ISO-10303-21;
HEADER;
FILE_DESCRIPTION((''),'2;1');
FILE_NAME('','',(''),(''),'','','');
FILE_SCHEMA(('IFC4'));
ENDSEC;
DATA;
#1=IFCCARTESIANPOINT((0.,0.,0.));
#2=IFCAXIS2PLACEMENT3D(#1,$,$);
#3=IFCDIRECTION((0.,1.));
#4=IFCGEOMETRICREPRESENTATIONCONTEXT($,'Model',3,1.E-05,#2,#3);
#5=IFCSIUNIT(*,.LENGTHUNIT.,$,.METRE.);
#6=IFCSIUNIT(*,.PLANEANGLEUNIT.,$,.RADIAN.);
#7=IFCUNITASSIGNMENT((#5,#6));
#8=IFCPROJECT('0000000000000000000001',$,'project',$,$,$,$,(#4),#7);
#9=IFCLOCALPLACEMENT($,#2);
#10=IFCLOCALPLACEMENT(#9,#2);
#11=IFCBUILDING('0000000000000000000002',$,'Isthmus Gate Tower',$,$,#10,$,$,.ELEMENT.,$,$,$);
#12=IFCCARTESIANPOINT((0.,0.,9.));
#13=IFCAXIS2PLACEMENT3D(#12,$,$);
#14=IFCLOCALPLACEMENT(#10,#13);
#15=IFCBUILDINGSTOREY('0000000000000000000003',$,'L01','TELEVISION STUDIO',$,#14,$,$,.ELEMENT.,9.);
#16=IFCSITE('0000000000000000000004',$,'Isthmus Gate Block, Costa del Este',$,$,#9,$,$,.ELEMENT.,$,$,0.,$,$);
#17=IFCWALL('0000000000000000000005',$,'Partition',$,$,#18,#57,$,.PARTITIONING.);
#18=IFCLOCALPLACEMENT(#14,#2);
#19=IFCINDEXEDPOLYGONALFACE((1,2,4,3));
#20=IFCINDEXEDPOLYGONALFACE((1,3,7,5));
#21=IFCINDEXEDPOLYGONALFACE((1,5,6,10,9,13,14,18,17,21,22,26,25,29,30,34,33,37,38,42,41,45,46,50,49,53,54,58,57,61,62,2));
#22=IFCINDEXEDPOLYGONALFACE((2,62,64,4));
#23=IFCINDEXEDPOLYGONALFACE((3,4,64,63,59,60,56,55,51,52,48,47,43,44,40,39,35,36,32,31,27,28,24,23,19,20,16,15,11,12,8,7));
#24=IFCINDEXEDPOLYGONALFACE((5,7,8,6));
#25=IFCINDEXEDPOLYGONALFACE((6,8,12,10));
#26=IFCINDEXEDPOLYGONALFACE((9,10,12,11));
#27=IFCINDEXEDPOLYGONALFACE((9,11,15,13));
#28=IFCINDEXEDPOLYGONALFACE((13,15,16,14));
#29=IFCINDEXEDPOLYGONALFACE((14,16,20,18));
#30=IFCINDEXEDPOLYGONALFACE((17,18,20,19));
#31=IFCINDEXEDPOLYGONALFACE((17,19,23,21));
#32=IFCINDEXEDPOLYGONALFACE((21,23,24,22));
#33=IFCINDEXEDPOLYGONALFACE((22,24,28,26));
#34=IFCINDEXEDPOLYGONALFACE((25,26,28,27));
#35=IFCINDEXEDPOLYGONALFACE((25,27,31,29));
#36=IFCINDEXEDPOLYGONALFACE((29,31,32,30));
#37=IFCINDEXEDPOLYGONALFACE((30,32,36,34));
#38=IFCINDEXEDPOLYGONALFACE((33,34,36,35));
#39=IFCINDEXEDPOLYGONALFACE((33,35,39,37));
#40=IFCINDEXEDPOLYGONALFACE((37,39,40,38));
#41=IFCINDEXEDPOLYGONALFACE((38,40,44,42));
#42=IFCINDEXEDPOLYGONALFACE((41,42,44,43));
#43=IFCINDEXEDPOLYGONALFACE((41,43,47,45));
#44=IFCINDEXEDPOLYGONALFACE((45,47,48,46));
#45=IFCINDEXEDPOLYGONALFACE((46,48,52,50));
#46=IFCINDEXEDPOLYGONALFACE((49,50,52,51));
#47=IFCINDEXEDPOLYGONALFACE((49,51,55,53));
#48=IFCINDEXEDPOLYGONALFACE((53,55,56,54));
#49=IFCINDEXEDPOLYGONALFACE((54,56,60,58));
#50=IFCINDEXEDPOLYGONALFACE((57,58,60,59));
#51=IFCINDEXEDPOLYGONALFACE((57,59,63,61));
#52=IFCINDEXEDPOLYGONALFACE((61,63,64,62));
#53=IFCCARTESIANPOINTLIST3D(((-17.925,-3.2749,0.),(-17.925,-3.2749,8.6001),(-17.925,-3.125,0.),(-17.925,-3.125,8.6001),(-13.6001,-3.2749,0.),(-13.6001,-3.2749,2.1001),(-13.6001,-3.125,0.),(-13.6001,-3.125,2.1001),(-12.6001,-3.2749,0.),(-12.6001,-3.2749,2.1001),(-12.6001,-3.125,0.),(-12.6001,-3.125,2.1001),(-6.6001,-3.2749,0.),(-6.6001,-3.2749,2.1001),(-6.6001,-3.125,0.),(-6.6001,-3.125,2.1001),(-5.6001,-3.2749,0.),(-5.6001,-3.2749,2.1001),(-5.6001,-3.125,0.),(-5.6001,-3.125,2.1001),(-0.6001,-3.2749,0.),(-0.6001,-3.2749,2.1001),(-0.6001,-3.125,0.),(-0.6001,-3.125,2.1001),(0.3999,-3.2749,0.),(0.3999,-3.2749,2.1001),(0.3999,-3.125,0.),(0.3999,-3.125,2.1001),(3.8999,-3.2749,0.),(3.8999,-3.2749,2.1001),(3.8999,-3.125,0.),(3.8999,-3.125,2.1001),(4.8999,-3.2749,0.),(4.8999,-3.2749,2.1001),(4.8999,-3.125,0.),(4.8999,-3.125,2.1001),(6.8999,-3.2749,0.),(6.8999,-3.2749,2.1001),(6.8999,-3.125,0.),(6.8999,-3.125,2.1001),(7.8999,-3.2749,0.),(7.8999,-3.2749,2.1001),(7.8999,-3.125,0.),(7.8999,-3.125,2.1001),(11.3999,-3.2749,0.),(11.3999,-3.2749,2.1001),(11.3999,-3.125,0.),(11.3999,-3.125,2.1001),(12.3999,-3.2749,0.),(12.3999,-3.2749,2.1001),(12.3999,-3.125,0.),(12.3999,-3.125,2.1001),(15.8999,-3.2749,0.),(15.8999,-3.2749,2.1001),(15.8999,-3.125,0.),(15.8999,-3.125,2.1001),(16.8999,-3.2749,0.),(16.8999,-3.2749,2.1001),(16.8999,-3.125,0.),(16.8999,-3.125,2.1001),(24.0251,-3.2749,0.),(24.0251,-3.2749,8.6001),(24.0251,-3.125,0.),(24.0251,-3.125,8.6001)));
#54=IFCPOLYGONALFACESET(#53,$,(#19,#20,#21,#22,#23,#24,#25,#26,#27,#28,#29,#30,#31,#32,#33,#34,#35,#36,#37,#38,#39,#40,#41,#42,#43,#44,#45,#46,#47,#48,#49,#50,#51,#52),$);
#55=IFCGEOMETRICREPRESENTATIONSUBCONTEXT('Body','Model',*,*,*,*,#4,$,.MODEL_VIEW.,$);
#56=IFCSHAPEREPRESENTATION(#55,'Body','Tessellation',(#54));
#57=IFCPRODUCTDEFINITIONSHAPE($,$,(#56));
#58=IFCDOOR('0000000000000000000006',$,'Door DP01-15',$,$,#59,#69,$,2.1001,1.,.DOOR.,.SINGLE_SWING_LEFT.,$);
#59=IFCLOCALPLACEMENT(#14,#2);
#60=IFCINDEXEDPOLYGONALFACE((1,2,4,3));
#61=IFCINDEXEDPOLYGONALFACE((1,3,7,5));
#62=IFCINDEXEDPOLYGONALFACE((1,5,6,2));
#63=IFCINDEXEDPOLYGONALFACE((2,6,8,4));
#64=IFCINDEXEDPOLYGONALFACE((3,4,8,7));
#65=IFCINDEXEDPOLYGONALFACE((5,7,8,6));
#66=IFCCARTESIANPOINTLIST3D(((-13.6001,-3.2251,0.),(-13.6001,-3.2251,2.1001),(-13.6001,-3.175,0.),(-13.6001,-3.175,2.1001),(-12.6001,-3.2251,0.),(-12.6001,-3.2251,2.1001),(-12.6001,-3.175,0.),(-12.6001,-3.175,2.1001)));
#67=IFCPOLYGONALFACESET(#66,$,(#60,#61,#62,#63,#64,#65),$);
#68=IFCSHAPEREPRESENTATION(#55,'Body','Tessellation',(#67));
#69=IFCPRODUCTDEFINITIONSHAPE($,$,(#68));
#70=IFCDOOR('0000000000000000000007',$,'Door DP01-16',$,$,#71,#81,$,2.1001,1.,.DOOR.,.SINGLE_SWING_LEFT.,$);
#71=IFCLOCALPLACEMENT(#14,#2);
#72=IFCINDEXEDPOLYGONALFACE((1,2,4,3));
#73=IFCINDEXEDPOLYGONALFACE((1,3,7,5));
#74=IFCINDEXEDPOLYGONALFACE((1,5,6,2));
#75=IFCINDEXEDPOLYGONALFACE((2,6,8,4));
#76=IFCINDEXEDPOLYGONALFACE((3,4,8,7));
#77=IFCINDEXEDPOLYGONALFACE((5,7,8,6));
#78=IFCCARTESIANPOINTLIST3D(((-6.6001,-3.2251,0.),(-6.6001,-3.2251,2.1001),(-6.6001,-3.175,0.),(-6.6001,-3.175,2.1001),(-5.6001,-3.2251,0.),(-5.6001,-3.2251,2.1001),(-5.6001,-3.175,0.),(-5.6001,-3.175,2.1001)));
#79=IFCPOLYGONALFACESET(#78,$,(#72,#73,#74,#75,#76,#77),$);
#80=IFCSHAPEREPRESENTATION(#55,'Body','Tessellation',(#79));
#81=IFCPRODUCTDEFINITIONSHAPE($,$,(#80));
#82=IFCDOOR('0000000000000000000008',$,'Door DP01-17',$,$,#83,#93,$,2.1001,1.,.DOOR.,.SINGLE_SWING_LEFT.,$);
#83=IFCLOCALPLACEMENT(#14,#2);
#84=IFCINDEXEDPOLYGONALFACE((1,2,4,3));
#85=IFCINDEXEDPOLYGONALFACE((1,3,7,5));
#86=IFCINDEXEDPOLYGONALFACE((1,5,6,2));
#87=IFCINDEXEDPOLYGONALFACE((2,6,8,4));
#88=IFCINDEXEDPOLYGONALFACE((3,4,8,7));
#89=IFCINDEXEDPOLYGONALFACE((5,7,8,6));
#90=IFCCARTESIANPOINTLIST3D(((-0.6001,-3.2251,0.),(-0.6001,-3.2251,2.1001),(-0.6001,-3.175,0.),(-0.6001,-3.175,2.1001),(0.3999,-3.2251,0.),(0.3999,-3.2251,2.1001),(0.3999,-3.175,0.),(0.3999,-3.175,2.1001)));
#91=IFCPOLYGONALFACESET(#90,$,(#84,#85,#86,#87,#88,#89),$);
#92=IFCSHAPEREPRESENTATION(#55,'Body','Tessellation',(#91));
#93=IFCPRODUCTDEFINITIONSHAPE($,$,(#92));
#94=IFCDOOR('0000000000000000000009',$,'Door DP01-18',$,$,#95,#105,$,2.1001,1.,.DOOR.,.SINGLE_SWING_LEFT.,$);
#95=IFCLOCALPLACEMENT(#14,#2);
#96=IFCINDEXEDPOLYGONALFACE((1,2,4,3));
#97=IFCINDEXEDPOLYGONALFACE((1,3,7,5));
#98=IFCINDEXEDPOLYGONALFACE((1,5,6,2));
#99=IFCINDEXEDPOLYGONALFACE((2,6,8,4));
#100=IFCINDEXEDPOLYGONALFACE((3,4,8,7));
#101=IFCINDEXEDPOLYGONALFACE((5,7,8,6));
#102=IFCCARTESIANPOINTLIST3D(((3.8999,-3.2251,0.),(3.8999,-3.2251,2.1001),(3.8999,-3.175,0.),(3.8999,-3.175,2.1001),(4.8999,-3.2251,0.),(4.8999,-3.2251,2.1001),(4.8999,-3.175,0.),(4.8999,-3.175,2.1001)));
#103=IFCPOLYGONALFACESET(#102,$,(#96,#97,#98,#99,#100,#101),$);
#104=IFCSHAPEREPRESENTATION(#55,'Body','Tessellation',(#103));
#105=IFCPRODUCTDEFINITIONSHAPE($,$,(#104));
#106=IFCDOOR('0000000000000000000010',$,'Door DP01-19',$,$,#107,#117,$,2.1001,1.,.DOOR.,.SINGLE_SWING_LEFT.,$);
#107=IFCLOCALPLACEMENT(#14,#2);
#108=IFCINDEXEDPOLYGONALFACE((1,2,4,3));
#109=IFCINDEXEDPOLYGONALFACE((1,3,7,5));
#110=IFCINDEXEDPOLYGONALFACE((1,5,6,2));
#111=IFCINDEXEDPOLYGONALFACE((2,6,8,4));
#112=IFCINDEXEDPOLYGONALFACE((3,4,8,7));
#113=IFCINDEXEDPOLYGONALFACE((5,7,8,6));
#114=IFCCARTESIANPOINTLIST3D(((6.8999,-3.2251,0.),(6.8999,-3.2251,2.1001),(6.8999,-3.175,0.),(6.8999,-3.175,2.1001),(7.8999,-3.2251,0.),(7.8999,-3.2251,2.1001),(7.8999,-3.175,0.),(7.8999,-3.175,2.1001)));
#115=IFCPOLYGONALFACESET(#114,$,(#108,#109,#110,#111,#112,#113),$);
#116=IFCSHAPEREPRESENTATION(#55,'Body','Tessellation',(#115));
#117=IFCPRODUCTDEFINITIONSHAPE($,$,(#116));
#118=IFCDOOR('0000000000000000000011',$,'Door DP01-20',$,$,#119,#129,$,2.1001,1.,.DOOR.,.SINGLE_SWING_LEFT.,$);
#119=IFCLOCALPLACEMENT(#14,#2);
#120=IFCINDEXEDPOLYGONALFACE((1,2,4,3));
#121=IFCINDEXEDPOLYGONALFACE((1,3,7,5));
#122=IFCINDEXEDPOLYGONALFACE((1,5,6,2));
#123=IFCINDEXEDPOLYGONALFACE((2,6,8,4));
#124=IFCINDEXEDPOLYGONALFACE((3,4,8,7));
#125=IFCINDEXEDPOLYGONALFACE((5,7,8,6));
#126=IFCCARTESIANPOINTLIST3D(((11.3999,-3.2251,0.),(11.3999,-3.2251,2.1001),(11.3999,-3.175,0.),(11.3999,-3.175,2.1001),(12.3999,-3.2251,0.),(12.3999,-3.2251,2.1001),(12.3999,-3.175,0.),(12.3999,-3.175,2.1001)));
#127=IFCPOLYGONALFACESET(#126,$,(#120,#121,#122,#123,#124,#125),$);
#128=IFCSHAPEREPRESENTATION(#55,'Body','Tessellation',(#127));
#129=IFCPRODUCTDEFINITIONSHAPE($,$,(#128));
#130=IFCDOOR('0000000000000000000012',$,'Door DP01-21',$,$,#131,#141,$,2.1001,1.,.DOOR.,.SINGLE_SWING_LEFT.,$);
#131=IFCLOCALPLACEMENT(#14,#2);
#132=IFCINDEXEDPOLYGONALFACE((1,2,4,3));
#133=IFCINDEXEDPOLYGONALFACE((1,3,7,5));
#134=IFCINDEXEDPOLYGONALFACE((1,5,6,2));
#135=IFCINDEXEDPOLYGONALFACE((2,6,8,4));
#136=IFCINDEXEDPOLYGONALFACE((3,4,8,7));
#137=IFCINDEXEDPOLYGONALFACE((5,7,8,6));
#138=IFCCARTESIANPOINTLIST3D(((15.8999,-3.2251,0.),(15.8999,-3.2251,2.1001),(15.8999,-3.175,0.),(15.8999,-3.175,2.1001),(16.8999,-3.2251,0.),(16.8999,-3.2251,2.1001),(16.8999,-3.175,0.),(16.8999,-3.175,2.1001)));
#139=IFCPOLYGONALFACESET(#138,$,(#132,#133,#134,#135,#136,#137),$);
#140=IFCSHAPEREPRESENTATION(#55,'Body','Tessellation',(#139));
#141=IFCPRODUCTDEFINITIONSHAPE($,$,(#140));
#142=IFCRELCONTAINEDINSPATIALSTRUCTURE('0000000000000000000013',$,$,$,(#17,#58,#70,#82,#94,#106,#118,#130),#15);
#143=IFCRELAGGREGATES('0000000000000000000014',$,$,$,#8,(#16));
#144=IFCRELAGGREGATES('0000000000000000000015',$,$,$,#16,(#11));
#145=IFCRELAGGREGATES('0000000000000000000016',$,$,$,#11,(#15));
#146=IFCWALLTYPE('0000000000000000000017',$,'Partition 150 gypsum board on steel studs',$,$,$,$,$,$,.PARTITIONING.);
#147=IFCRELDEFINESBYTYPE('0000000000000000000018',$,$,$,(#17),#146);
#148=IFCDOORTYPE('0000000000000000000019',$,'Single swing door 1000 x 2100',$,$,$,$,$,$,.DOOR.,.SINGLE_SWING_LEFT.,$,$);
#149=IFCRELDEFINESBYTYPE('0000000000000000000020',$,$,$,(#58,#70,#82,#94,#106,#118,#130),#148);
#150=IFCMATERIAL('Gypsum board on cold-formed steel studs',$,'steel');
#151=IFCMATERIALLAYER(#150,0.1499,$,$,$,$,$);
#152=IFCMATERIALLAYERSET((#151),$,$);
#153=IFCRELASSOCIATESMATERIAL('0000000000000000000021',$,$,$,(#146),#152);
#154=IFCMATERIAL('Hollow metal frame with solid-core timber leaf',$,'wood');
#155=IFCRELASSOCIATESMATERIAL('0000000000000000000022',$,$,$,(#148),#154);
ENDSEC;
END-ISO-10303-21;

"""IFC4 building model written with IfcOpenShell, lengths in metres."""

from ifc_helpers import new_model, si_unit, direction, frame, frame_2d, origin, place, context, subcontext, project, spatial, rectangle, extrude, material, layer, layer_set, type_object, element, fill, save


model = new_model("IFC4")

# Units and contexts
model_context = context("Model", 3, precision=1e-05, world=origin(), true_north=direction((0.0, 1.0)))
body_context = subcontext(model_context, "Body", "Model", "MODEL_VIEW")
ifc_project = project(units=[si_unit("LENGTHUNIT", "METRE"), si_unit("PLANEANGLEUNIT", "RADIAN")], contexts=[model_context])

# Site, building, storey
site_placement = place(None, origin())
site = spatial("IfcSite", under=ifc_project, at=site_placement, Name="Isthmus Gate Block, Costa del Este", CompositionType="ELEMENT", RefElevation=0.0)
building_placement = place(site_placement, origin())
building = spatial("IfcBuilding", under=site, at=building_placement, Name="Isthmus Gate Tower", CompositionType="ELEMENT")
storey_placement = place(building_placement, frame((0.0, 0.0, 9.0)))
storey = spatial("IfcBuildingStorey", under=building, at=storey_placement, Name="L01", Description="TELEVISION STUDIO", CompositionType="ELEMENT", Elevation=9.0)

# Wall, openings, doors
ifc_material_1 = material(Name="Gypsum board on cold-formed steel studs", Category="steel")
ifc_layer_1 = layer(ifc_material_1, 0.1499)
ifc_layer_set_1 = layer_set([ifc_layer_1])
wall_type_1 = type_object("IfcWallType", Name="Partition 150 gypsum board on steel studs", PredefinedType="PARTITIONING", material=ifc_layer_set_1)
wall_1_placement = place(storey_placement, frame((-17.925, -3.2, 0.0), z_axis=(0.0, 0.0, 1.0), x_axis=(1.0, 0.0, 0.0)))
wall_1 = element("IfcWall", 1, at=wall_1_placement, inside=storey, type_object=wall_type_1, Name="Partition", PredefinedType="PARTITIONING", context=body_context, shape_type="SweptSolid", body=[
    extrude(rectangle(XDim=41.9502, YDim=0.1499, at=frame_2d((20.9751, 0.0))), origin(), (0.0, 0.0, 1.0), 8.6001),
])
opening_1_placement = place(wall_1_placement, frame((4.325, 0.0, 0.0)))
opening_1 = element("IfcOpeningElement", 2, at=opening_1_placement, cuts=wall_1, PredefinedType="OPENING", context=body_context, shape_type="SweptSolid", body=[
    extrude(rectangle(XDim=1.0, YDim=2.1001, at=frame_2d((0.5, 1.05))), frame((0.0, 0.085, 0.0), z_axis=(0.0, -1.0, 0.0), x_axis=(1.0, 0.0, 0.0)), (0.0, 0.0, 1.0), 0.1699),
])
opening_2_placement = place(wall_1_placement, frame((11.325, 0.0, 0.0)))
opening_2 = element("IfcOpeningElement", 3, at=opening_2_placement, cuts=wall_1, PredefinedType="OPENING", context=body_context, shape_type="SweptSolid", body=[
    extrude(rectangle(XDim=1.0, YDim=2.1001, at=frame_2d((0.5, 1.05))), frame((0.0, 0.085, 0.0), z_axis=(0.0, -1.0, 0.0), x_axis=(1.0, 0.0, 0.0)), (0.0, 0.0, 1.0), 0.1699),
])
opening_3_placement = place(wall_1_placement, frame((17.325, 0.0, 0.0)))
opening_3 = element("IfcOpeningElement", 4, at=opening_3_placement, cuts=wall_1, PredefinedType="OPENING", context=body_context, shape_type="SweptSolid", body=[
    extrude(rectangle(XDim=1.0, YDim=2.1001, at=frame_2d((0.5, 1.05))), frame((0.0, 0.085, 0.0), z_axis=(0.0, -1.0, 0.0), x_axis=(1.0, 0.0, 0.0)), (0.0, 0.0, 1.0), 0.1699),
])
opening_4_placement = place(wall_1_placement, frame((21.825, 0.0, 0.0)))
opening_4 = element("IfcOpeningElement", 5, at=opening_4_placement, cuts=wall_1, PredefinedType="OPENING", context=body_context, shape_type="SweptSolid", body=[
    extrude(rectangle(XDim=1.0, YDim=2.1001, at=frame_2d((0.5, 1.05))), frame((0.0, 0.085, 0.0), z_axis=(0.0, -1.0, 0.0), x_axis=(1.0, 0.0, 0.0)), (0.0, 0.0, 1.0), 0.1699),
])
opening_5_placement = place(wall_1_placement, frame((24.825, 0.0, 0.0)))
opening_5 = element("IfcOpeningElement", 6, at=opening_5_placement, cuts=wall_1, PredefinedType="OPENING", context=body_context, shape_type="SweptSolid", body=[
    extrude(rectangle(XDim=1.0, YDim=2.1001, at=frame_2d((0.5, 1.05))), frame((0.0, 0.085, 0.0), z_axis=(0.0, -1.0, 0.0), x_axis=(1.0, 0.0, 0.0)), (0.0, 0.0, 1.0), 0.1699),
])
opening_6_placement = place(wall_1_placement, frame((29.325, 0.0, 0.0)))
opening_6 = element("IfcOpeningElement", 7, at=opening_6_placement, cuts=wall_1, PredefinedType="OPENING", context=body_context, shape_type="SweptSolid", body=[
    extrude(rectangle(XDim=1.0, YDim=2.1001, at=frame_2d((0.5, 1.05))), frame((0.0, 0.085, 0.0), z_axis=(0.0, -1.0, 0.0), x_axis=(1.0, 0.0, 0.0)), (0.0, 0.0, 1.0), 0.1699),
])
opening_7_placement = place(wall_1_placement, frame((33.825, 0.0, 0.0)))
opening_7 = element("IfcOpeningElement", 8, at=opening_7_placement, cuts=wall_1, PredefinedType="OPENING", context=body_context, shape_type="SweptSolid", body=[
    extrude(rectangle(XDim=1.0, YDim=2.1001, at=frame_2d((0.5, 1.05))), frame((0.0, 0.085, 0.0), z_axis=(0.0, -1.0, 0.0), x_axis=(1.0, 0.0, 0.0)), (0.0, 0.0, 1.0), 0.1699),
])
ifc_material_2 = material(Name="Hollow metal frame with solid-core timber leaf", Category="wood")
door_type = type_object("IfcDoorType", Name="Single swing door 1000 x 2100", OperationType="SINGLE_SWING_LEFT", PredefinedType="DOOR", material=ifc_material_2)
door_1_placement = place(opening_1_placement, origin())
door_1 = element("IfcDoor", 9, at=door_1_placement, inside=storey, type_object=door_type, Name="Door DP01-15", OperationType="SINGLE_SWING_LEFT", OverallHeight=2.1001, OverallWidth=1.0, PredefinedType="DOOR", context=body_context, shape_type="SweptSolid", body=[
    extrude(rectangle(XDim=1.0, YDim=2.1001, at=frame_2d((0.5, 1.05))), frame((0.0, 0.0249, 0.0), z_axis=(0.0, -1.0, 0.0), x_axis=(1.0, 0.0, 0.0)), (0.0, 0.0, 1.0), 0.05),
])
fill(opening_1, door_1)
door_2_placement = place(opening_2_placement, origin())
door_2 = element("IfcDoor", 10, at=door_2_placement, inside=storey, type_object=door_type, Name="Door DP01-16", OperationType="SINGLE_SWING_LEFT", OverallHeight=2.1001, OverallWidth=1.0, PredefinedType="DOOR", context=body_context, shape_type="SweptSolid", body=[
    extrude(rectangle(XDim=1.0, YDim=2.1001, at=frame_2d((0.5, 1.05))), frame((0.0, 0.0249, 0.0), z_axis=(0.0, -1.0, 0.0), x_axis=(1.0, 0.0, 0.0)), (0.0, 0.0, 1.0), 0.05),
])
fill(opening_2, door_2)
door_3_placement = place(opening_3_placement, origin())
door_3 = element("IfcDoor", 11, at=door_3_placement, inside=storey, type_object=door_type, Name="Door DP01-17", OperationType="SINGLE_SWING_LEFT", OverallHeight=2.1001, OverallWidth=1.0, PredefinedType="DOOR", context=body_context, shape_type="SweptSolid", body=[
    extrude(rectangle(XDim=1.0, YDim=2.1001, at=frame_2d((0.5, 1.05))), frame((0.0, 0.0249, 0.0), z_axis=(0.0, -1.0, 0.0), x_axis=(1.0, 0.0, 0.0)), (0.0, 0.0, 1.0), 0.05),
])
fill(opening_3, door_3)
door_4_placement = place(opening_4_placement, origin())
door_4 = element("IfcDoor", 12, at=door_4_placement, inside=storey, type_object=door_type, Name="Door DP01-18", OperationType="SINGLE_SWING_LEFT", OverallHeight=2.1001, OverallWidth=1.0, PredefinedType="DOOR", context=body_context, shape_type="SweptSolid", body=[
    extrude(rectangle(XDim=1.0, YDim=2.1001, at=frame_2d((0.5, 1.05))), frame((0.0, 0.0249, 0.0), z_axis=(0.0, -1.0, 0.0), x_axis=(1.0, 0.0, 0.0)), (0.0, 0.0, 1.0), 0.05),
])
fill(opening_4, door_4)
door_5_placement = place(opening_5_placement, origin())
door_5 = element("IfcDoor", 13, at=door_5_placement, inside=storey, type_object=door_type, Name="Door DP01-19", OperationType="SINGLE_SWING_LEFT", OverallHeight=2.1001, OverallWidth=1.0, PredefinedType="DOOR", context=body_context, shape_type="SweptSolid", body=[
    extrude(rectangle(XDim=1.0, YDim=2.1001, at=frame_2d((0.5, 1.05))), frame((0.0, 0.0249, 0.0), z_axis=(0.0, -1.0, 0.0), x_axis=(1.0, 0.0, 0.0)), (0.0, 0.0, 1.0), 0.05),
])
fill(opening_5, door_5)
door_6_placement = place(opening_6_placement, origin())
door_6 = element("IfcDoor", 14, at=door_6_placement, inside=storey, type_object=door_type, Name="Door DP01-20", OperationType="SINGLE_SWING_LEFT", OverallHeight=2.1001, OverallWidth=1.0, PredefinedType="DOOR", context=body_context, shape_type="SweptSolid", body=[
    extrude(rectangle(XDim=1.0, YDim=2.1001, at=frame_2d((0.5, 1.05))), frame((0.0, 0.0249, 0.0), z_axis=(0.0, -1.0, 0.0), x_axis=(1.0, 0.0, 0.0)), (0.0, 0.0, 1.0), 0.05),
])
fill(opening_6, door_6)
door_7_placement = place(opening_7_placement, origin())
door_7 = element("IfcDoor", 15, at=door_7_placement, inside=storey, type_object=door_type, Name="Door DP01-21", OperationType="SINGLE_SWING_LEFT", OverallHeight=2.1001, OverallWidth=1.0, PredefinedType="DOOR", context=body_context, shape_type="SweptSolid", body=[
    extrude(rectangle(XDim=1.0, YDim=2.1001, at=frame_2d((0.5, 1.05))), frame((0.0, 0.0249, 0.0), z_axis=(0.0, -1.0, 0.0), x_axis=(1.0, 0.0, 0.0)), (0.0, 0.0, 1.0), 0.05),
])
fill(opening_7, door_7)

save(model, "model.ifc")
